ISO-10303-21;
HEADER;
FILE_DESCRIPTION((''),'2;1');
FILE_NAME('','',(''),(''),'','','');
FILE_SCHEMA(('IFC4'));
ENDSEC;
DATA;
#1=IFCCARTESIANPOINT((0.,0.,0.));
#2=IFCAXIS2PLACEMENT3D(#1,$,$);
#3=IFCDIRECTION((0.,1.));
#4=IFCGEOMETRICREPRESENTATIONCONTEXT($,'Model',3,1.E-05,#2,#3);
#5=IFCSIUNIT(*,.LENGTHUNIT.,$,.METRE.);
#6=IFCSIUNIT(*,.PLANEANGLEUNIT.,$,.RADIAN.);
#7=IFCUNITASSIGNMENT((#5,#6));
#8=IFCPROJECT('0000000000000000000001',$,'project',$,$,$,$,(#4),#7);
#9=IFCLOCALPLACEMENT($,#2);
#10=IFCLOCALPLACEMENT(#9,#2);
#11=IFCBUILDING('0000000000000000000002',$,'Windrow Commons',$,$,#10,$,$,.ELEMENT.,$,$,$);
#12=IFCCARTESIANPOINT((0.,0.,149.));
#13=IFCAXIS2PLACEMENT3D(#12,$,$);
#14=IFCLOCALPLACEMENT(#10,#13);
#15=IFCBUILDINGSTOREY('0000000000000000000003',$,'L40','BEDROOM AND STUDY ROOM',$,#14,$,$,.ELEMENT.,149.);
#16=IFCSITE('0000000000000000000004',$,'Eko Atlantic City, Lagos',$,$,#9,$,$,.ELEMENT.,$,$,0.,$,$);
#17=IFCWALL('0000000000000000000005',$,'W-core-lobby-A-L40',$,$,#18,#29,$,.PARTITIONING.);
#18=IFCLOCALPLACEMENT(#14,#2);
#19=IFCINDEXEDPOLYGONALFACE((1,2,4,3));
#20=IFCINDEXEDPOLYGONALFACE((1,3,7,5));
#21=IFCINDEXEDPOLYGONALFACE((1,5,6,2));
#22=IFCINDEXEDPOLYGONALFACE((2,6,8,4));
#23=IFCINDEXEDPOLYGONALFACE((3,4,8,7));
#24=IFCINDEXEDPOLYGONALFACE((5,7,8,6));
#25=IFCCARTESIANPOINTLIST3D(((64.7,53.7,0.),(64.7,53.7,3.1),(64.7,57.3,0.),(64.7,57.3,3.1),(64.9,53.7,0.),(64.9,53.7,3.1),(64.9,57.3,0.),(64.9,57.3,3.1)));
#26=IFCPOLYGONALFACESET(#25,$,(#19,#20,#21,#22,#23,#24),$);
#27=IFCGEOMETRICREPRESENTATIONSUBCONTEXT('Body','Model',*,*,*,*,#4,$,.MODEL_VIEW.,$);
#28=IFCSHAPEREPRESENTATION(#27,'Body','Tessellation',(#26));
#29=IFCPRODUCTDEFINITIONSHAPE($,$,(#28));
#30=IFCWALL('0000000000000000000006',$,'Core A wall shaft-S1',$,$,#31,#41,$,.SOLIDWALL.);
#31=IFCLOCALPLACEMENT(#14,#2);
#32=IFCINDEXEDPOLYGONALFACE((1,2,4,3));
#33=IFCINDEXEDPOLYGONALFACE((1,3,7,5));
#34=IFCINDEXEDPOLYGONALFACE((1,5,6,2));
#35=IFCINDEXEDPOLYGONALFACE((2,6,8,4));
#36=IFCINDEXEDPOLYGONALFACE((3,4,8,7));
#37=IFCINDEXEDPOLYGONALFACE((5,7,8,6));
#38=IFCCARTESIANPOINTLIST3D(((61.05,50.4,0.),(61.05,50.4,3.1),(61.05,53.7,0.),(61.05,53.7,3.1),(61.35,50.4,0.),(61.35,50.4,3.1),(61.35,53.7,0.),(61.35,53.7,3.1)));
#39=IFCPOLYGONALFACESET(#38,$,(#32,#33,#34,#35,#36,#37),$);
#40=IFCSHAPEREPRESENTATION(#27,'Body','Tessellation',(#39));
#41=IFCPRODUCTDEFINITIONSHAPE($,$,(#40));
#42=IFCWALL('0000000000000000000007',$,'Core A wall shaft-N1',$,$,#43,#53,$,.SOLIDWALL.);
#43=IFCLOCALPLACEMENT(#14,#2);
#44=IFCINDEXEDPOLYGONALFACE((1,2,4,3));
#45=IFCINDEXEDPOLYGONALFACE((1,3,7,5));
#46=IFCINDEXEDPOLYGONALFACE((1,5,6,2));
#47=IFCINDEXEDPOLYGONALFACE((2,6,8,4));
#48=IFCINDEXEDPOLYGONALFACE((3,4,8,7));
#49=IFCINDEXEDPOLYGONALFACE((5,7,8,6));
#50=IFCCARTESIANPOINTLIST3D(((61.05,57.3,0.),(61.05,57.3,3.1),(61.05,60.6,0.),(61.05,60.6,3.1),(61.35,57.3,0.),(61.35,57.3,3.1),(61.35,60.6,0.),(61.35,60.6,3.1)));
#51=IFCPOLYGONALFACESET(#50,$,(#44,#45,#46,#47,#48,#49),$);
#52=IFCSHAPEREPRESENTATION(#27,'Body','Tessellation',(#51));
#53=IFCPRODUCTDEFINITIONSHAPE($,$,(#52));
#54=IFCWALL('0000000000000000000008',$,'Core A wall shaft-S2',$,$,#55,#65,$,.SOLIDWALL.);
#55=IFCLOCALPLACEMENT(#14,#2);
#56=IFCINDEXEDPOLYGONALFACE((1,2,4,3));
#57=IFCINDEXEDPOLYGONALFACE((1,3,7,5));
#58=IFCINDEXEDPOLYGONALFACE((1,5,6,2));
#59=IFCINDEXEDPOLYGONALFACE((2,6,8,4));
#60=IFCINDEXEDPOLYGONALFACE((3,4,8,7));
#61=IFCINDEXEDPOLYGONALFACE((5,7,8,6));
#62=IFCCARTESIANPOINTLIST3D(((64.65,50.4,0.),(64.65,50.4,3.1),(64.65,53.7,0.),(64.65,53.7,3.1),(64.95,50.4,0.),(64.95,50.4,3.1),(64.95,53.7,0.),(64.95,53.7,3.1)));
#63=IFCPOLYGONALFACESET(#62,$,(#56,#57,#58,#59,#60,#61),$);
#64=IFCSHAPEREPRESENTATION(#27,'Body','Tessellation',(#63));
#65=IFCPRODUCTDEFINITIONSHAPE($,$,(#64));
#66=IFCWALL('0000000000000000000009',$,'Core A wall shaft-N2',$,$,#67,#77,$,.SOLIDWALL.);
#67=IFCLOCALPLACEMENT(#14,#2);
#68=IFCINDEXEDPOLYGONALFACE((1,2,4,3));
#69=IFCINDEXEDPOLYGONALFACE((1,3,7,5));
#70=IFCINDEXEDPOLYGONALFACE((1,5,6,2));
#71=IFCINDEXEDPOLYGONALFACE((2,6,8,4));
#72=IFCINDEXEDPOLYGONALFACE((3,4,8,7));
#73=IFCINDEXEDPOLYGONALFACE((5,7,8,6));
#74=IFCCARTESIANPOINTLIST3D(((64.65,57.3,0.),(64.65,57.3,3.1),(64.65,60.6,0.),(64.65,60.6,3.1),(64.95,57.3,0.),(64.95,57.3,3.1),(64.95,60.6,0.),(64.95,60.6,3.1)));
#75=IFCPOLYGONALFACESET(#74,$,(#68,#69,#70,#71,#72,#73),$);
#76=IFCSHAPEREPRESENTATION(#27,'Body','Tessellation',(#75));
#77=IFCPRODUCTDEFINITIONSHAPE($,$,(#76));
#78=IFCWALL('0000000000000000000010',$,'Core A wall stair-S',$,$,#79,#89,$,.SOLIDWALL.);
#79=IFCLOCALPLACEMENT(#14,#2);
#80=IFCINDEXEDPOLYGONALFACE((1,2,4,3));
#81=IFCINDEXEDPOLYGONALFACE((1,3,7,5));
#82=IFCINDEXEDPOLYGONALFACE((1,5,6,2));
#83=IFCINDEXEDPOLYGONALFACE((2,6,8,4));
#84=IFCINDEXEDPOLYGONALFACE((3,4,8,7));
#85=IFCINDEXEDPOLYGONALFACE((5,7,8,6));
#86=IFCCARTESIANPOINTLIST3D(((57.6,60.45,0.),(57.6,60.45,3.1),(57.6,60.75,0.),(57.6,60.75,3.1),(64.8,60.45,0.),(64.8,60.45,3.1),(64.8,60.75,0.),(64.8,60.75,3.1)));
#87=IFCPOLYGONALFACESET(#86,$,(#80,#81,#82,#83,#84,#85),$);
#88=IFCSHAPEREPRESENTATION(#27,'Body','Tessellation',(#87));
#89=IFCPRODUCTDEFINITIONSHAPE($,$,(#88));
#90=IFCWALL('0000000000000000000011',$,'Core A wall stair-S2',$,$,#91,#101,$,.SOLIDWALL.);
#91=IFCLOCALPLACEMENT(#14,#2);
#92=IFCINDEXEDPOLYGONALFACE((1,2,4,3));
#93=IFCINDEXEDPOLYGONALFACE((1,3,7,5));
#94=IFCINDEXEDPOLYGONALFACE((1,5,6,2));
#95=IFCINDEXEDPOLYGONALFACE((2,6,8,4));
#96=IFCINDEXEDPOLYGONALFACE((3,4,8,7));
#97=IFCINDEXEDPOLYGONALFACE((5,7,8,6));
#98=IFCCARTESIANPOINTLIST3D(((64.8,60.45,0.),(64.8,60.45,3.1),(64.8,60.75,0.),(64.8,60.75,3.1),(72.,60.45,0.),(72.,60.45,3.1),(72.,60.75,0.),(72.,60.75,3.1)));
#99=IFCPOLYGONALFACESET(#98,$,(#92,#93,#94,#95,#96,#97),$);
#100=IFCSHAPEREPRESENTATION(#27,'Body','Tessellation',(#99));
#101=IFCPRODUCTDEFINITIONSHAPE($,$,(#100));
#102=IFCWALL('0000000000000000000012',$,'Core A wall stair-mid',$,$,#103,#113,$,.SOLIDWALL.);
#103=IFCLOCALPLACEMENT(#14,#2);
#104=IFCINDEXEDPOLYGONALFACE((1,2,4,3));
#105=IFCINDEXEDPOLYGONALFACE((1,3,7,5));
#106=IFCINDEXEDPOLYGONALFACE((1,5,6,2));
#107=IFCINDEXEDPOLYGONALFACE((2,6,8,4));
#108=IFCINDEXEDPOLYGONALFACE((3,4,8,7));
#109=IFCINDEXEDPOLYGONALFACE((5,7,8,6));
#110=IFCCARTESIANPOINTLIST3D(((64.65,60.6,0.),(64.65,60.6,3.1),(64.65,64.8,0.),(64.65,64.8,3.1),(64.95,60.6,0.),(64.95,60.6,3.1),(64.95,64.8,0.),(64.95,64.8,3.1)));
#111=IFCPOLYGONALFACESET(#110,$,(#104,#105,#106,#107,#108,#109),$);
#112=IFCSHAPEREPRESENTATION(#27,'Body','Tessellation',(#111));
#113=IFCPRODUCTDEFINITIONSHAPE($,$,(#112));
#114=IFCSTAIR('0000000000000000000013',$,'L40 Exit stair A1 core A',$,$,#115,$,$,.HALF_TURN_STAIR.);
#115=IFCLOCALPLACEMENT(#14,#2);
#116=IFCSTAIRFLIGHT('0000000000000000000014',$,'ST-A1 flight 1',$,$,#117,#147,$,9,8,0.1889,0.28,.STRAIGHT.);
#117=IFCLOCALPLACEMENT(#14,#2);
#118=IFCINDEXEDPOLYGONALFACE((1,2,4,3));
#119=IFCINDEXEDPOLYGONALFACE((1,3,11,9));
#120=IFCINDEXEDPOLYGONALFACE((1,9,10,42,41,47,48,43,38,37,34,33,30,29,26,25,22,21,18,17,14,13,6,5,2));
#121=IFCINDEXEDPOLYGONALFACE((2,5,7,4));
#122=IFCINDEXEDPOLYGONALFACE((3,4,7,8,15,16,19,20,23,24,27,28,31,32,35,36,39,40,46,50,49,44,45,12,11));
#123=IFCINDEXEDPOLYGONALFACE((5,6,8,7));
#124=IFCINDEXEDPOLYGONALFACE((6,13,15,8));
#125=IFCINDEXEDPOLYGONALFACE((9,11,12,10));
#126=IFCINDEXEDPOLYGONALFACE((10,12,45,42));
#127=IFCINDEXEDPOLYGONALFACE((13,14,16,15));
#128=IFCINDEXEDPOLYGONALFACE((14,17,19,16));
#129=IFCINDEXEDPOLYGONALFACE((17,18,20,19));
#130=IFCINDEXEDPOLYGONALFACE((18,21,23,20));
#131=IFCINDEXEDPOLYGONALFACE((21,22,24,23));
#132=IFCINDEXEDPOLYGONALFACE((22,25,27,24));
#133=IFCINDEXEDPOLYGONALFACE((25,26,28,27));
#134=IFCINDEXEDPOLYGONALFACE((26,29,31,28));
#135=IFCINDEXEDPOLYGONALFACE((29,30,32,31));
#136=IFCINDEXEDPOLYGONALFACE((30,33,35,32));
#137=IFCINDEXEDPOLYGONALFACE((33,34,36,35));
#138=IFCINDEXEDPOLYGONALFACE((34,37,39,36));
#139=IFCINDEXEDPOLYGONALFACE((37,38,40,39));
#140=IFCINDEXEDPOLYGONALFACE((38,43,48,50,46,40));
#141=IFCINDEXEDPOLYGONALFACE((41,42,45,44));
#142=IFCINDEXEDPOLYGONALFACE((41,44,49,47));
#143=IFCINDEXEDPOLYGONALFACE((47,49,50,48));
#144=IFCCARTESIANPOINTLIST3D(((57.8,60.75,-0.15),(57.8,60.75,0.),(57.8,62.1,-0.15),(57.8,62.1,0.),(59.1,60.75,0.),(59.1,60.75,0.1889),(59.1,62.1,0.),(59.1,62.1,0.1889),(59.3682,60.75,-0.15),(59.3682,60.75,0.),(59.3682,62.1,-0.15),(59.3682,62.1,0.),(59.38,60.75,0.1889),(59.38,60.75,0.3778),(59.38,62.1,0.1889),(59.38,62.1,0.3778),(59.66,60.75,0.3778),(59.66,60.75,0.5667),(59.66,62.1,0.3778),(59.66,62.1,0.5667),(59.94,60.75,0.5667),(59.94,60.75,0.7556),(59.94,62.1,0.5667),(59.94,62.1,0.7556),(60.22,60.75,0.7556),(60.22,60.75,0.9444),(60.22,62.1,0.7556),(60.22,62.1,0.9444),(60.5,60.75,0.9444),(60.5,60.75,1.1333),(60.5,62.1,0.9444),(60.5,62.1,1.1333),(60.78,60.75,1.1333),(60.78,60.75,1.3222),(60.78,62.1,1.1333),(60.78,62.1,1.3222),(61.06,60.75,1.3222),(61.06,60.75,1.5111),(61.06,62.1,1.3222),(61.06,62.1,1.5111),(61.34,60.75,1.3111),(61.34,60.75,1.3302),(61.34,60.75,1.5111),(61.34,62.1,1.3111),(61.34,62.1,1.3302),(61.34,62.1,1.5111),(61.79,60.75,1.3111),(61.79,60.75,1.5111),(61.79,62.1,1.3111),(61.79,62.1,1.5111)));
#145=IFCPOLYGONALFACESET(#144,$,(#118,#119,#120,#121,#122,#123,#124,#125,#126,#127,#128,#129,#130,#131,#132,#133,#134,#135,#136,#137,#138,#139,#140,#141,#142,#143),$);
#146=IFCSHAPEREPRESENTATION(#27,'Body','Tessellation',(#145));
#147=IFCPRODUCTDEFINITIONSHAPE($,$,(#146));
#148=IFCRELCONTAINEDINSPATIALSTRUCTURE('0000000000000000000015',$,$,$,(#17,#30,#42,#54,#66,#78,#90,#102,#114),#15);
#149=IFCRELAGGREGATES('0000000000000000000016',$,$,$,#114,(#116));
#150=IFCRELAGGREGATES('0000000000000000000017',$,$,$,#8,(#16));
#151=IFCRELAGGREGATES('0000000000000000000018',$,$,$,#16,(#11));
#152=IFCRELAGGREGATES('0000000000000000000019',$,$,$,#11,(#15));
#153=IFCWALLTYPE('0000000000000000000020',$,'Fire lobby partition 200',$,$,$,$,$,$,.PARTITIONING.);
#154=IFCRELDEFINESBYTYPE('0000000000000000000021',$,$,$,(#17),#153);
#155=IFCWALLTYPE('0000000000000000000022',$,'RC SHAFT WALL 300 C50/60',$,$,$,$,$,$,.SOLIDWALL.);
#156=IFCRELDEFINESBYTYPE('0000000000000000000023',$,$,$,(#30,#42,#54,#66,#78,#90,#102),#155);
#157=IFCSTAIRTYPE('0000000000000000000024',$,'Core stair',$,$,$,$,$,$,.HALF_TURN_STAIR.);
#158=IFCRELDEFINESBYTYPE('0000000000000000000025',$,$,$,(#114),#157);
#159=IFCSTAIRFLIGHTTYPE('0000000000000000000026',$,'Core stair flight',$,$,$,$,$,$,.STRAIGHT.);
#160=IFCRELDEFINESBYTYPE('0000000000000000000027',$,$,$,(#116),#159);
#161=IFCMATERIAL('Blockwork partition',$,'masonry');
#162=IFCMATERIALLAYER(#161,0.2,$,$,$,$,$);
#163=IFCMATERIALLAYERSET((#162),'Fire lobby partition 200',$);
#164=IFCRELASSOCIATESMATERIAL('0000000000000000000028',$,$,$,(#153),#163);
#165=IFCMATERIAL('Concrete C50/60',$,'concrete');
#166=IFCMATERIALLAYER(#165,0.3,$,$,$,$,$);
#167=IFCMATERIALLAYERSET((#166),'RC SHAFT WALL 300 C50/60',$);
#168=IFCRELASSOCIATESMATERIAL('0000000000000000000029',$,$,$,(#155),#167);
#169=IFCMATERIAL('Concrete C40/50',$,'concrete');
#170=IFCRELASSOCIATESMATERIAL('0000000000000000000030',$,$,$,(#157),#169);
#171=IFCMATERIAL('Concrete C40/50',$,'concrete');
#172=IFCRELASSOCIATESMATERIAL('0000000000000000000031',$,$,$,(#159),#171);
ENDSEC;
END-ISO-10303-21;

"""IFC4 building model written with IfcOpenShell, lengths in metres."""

from ifc_helpers import new_model, si_unit, direction, frame, frame_2d, origin, place, context, subcontext, project, spatial, polyline, rectangle, outline, extrude, material, layer, layer_set, type_object, element, aggregate, save


model = new_model("IFC4")

# Units and contexts
model_context = context("Model", 3, precision=1e-05, world=origin(), true_north=direction((0.0, 1.0)))
body_context = subcontext(model_context, "Body", "Model", "MODEL_VIEW")
ifc_project = project(units=[si_unit("LENGTHUNIT", "METRE"), si_unit("PLANEANGLEUNIT", "RADIAN")], contexts=[model_context])

# Site, building, storey
site_placement = place(None, origin())
site = spatial("IfcSite", under=ifc_project, at=site_placement, Name="Eko Atlantic City, Lagos", CompositionType="ELEMENT", RefElevation=0.0)
building_placement = place(site_placement, origin())
building = spatial("IfcBuilding", under=site, at=building_placement, Name="Windrow Commons", CompositionType="ELEMENT")
storey_placement = place(building_placement, frame((0.0, 0.0, 149.0)))
storey = spatial("IfcBuildingStorey", under=building, at=storey_placement, Name="L40", Description="BEDROOM AND STUDY ROOM", CompositionType="ELEMENT", Elevation=149.0)

# Walls
ifc_material_1 = material(Name="Blockwork partition", Category="masonry")
ifc_layer_1 = layer(ifc_material_1, 0.2)
ifc_layer_set_1 = layer_set([ifc_layer_1], Name="Fire lobby partition 200")
wall_type_1 = type_object("IfcWallType", Name="Fire lobby partition 200", PredefinedType="PARTITIONING", material=ifc_layer_set_1)
wall_1_placement = place(storey_placement, frame((64.8, 53.7, 0.0), z_axis=(0.0, 0.0, 1.0), x_axis=(0.0, 1.0, 0.0)))
element("IfcWall", 1, at=wall_1_placement, inside=storey, type_object=wall_type_1, Name="W-core-lobby-A-L40", PredefinedType="PARTITIONING", context=body_context, shape_type="SweptSolid", body=[
    extrude(rectangle(XDim=3.6, YDim=0.2, at=frame_2d((1.8, 0.0))), origin(), (0.0, 0.0, 1.0), 3.1),
])
ifc_material_2 = material(Name="Concrete C50/60", Category="concrete")
ifc_layer_2 = layer(ifc_material_2, 0.3)
ifc_layer_set_2 = layer_set([ifc_layer_2], Name="RC SHAFT WALL 300 C50/60")
wall_type_2 = type_object("IfcWallType", Name="RC SHAFT WALL 300 C50/60", PredefinedType="SOLIDWALL", material=ifc_layer_set_2)
for number, where, z_axis, x_axis, name in (
    (2, (61.2, 50.4, 0.0), (0.0, 0.0, 1.0), (0.0, 1.0, 0.0), "Core A wall shaft-S1"),
    (3, (61.2, 57.3, 0.0), (0.0, 0.0, 1.0), (0.0, 1.0, 0.0), "Core A wall shaft-N1"),
    (4, (64.8, 50.4, 0.0), (0.0, 0.0, 1.0), (0.0, 1.0, 0.0), "Core A wall shaft-S2"),
    (5, (64.8, 57.3, 0.0), (0.0, 0.0, 1.0), (0.0, 1.0, 0.0), "Core A wall shaft-N2"),
):
    element("IfcWall", number, at=place(storey_placement, frame(where, z_axis=z_axis, x_axis=x_axis)), inside=storey, type_object=wall_type_2, Name=name, PredefinedType="SOLIDWALL", context=body_context, shape_type="SweptSolid", body=[
        extrude(rectangle(XDim=3.3, YDim=0.3, at=frame_2d((1.65, 0.0))), origin(), (0.0, 0.0, 1.0), 3.1),
    ])
for number, where, z_axis, x_axis, name in (
    (6, (57.6, 60.6, 0.0), (0.0, 0.0, 1.0), (1.0, 0.0, 0.0), "Core A wall stair-S"),
    (7, (64.8, 60.6, 0.0), (0.0, 0.0, 1.0), (1.0, 0.0, 0.0), "Core A wall stair-S2"),
):
    element("IfcWall", number, at=place(storey_placement, frame(where, z_axis=z_axis, x_axis=x_axis)), inside=storey, type_object=wall_type_2, Name=name, PredefinedType="SOLIDWALL", context=body_context, shape_type="SweptSolid", body=[
        extrude(rectangle(XDim=7.2, YDim=0.3, at=frame_2d((3.6, 0.0))), origin(), (0.0, 0.0, 1.0), 3.1),
    ])
wall_2_placement = place(storey_placement, frame((64.8, 60.6, 0.0), z_axis=(0.0, 0.0, 1.0), x_axis=(0.0, 1.0, 0.0)))
element("IfcWall", 8, at=wall_2_placement, inside=storey, type_object=wall_type_2, Name="Core A wall stair-mid", PredefinedType="SOLIDWALL", context=body_context, shape_type="SweptSolid", body=[
    extrude(rectangle(XDim=4.2, YDim=0.3, at=frame_2d((2.1, 0.0))), origin(), (0.0, 0.0, 1.0), 3.1),
])

# Stair, stair flight
ifc_material_3 = material(Name="Concrete C40/50", Category="concrete")
stair_type = type_object("IfcStairType", Name="Core stair", PredefinedType="HALF_TURN_STAIR", material=ifc_material_3)
stair_placement = place(storey_placement, origin())
stair = element("IfcStair", 9, at=stair_placement, inside=storey, type_object=stair_type, Name="L40 Exit stair A1 core A", PredefinedType="HALF_TURN_STAIR")
ifc_material_4 = material(Name="Concrete C40/50", Category="concrete")
stair_flight_type = type_object("IfcStairFlightType", Name="Core stair flight", PredefinedType="STRAIGHT", material=ifc_material_4)
stair_flight_placement = place(storey_placement, frame((59.1, 61.425, 0.0), z_axis=(0.0, 0.0, 1.0), x_axis=(1.0, 0.0, 0.0)))
stair_flight = element("IfcStairFlight", 10, at=stair_flight_placement, type_object=stair_flight_type, Name="ST-A1 flight 1", NumberOfRisers=9, NumberOfTreads=8, PredefinedType="STRAIGHT", RiserHeight=0.1889, TreadLength=0.28, context=body_context, shape_type="SweptSolid", body=[
    extrude(outline(polyline([(-1.3, -0.15), (-1.3, 0.0), (0.0, 0.0), (0.0, 0.1889), (0.28, 0.1889), (0.28, 0.3778), (0.56, 0.3778), (0.56, 0.5667), (0.84, 0.5667), (0.84, 0.7556), (1.12, 0.7556), (1.12, 0.9444), (1.4, 0.9444), (1.4, 1.1333), (1.68, 1.1333), (1.68, 1.3222), (1.96, 1.3222), (1.96, 1.5111), (2.24, 1.5111), (2.69, 1.5111), (2.69, 1.3111), (2.24, 1.3111), (2.24, 1.3302), (0.2682, 0.0), (0.2682, -0.15), (-1.3, -0.15)])), frame((0.0, 0.675, 0.0), z_axis=(0.0, -1.0, 0.0), x_axis=(1.0, 0.0, 0.0)), (0.0, 0.0, 1.0), 1.35),
])
aggregate(stair, [stair_flight])

save(model, "model.ifc")
